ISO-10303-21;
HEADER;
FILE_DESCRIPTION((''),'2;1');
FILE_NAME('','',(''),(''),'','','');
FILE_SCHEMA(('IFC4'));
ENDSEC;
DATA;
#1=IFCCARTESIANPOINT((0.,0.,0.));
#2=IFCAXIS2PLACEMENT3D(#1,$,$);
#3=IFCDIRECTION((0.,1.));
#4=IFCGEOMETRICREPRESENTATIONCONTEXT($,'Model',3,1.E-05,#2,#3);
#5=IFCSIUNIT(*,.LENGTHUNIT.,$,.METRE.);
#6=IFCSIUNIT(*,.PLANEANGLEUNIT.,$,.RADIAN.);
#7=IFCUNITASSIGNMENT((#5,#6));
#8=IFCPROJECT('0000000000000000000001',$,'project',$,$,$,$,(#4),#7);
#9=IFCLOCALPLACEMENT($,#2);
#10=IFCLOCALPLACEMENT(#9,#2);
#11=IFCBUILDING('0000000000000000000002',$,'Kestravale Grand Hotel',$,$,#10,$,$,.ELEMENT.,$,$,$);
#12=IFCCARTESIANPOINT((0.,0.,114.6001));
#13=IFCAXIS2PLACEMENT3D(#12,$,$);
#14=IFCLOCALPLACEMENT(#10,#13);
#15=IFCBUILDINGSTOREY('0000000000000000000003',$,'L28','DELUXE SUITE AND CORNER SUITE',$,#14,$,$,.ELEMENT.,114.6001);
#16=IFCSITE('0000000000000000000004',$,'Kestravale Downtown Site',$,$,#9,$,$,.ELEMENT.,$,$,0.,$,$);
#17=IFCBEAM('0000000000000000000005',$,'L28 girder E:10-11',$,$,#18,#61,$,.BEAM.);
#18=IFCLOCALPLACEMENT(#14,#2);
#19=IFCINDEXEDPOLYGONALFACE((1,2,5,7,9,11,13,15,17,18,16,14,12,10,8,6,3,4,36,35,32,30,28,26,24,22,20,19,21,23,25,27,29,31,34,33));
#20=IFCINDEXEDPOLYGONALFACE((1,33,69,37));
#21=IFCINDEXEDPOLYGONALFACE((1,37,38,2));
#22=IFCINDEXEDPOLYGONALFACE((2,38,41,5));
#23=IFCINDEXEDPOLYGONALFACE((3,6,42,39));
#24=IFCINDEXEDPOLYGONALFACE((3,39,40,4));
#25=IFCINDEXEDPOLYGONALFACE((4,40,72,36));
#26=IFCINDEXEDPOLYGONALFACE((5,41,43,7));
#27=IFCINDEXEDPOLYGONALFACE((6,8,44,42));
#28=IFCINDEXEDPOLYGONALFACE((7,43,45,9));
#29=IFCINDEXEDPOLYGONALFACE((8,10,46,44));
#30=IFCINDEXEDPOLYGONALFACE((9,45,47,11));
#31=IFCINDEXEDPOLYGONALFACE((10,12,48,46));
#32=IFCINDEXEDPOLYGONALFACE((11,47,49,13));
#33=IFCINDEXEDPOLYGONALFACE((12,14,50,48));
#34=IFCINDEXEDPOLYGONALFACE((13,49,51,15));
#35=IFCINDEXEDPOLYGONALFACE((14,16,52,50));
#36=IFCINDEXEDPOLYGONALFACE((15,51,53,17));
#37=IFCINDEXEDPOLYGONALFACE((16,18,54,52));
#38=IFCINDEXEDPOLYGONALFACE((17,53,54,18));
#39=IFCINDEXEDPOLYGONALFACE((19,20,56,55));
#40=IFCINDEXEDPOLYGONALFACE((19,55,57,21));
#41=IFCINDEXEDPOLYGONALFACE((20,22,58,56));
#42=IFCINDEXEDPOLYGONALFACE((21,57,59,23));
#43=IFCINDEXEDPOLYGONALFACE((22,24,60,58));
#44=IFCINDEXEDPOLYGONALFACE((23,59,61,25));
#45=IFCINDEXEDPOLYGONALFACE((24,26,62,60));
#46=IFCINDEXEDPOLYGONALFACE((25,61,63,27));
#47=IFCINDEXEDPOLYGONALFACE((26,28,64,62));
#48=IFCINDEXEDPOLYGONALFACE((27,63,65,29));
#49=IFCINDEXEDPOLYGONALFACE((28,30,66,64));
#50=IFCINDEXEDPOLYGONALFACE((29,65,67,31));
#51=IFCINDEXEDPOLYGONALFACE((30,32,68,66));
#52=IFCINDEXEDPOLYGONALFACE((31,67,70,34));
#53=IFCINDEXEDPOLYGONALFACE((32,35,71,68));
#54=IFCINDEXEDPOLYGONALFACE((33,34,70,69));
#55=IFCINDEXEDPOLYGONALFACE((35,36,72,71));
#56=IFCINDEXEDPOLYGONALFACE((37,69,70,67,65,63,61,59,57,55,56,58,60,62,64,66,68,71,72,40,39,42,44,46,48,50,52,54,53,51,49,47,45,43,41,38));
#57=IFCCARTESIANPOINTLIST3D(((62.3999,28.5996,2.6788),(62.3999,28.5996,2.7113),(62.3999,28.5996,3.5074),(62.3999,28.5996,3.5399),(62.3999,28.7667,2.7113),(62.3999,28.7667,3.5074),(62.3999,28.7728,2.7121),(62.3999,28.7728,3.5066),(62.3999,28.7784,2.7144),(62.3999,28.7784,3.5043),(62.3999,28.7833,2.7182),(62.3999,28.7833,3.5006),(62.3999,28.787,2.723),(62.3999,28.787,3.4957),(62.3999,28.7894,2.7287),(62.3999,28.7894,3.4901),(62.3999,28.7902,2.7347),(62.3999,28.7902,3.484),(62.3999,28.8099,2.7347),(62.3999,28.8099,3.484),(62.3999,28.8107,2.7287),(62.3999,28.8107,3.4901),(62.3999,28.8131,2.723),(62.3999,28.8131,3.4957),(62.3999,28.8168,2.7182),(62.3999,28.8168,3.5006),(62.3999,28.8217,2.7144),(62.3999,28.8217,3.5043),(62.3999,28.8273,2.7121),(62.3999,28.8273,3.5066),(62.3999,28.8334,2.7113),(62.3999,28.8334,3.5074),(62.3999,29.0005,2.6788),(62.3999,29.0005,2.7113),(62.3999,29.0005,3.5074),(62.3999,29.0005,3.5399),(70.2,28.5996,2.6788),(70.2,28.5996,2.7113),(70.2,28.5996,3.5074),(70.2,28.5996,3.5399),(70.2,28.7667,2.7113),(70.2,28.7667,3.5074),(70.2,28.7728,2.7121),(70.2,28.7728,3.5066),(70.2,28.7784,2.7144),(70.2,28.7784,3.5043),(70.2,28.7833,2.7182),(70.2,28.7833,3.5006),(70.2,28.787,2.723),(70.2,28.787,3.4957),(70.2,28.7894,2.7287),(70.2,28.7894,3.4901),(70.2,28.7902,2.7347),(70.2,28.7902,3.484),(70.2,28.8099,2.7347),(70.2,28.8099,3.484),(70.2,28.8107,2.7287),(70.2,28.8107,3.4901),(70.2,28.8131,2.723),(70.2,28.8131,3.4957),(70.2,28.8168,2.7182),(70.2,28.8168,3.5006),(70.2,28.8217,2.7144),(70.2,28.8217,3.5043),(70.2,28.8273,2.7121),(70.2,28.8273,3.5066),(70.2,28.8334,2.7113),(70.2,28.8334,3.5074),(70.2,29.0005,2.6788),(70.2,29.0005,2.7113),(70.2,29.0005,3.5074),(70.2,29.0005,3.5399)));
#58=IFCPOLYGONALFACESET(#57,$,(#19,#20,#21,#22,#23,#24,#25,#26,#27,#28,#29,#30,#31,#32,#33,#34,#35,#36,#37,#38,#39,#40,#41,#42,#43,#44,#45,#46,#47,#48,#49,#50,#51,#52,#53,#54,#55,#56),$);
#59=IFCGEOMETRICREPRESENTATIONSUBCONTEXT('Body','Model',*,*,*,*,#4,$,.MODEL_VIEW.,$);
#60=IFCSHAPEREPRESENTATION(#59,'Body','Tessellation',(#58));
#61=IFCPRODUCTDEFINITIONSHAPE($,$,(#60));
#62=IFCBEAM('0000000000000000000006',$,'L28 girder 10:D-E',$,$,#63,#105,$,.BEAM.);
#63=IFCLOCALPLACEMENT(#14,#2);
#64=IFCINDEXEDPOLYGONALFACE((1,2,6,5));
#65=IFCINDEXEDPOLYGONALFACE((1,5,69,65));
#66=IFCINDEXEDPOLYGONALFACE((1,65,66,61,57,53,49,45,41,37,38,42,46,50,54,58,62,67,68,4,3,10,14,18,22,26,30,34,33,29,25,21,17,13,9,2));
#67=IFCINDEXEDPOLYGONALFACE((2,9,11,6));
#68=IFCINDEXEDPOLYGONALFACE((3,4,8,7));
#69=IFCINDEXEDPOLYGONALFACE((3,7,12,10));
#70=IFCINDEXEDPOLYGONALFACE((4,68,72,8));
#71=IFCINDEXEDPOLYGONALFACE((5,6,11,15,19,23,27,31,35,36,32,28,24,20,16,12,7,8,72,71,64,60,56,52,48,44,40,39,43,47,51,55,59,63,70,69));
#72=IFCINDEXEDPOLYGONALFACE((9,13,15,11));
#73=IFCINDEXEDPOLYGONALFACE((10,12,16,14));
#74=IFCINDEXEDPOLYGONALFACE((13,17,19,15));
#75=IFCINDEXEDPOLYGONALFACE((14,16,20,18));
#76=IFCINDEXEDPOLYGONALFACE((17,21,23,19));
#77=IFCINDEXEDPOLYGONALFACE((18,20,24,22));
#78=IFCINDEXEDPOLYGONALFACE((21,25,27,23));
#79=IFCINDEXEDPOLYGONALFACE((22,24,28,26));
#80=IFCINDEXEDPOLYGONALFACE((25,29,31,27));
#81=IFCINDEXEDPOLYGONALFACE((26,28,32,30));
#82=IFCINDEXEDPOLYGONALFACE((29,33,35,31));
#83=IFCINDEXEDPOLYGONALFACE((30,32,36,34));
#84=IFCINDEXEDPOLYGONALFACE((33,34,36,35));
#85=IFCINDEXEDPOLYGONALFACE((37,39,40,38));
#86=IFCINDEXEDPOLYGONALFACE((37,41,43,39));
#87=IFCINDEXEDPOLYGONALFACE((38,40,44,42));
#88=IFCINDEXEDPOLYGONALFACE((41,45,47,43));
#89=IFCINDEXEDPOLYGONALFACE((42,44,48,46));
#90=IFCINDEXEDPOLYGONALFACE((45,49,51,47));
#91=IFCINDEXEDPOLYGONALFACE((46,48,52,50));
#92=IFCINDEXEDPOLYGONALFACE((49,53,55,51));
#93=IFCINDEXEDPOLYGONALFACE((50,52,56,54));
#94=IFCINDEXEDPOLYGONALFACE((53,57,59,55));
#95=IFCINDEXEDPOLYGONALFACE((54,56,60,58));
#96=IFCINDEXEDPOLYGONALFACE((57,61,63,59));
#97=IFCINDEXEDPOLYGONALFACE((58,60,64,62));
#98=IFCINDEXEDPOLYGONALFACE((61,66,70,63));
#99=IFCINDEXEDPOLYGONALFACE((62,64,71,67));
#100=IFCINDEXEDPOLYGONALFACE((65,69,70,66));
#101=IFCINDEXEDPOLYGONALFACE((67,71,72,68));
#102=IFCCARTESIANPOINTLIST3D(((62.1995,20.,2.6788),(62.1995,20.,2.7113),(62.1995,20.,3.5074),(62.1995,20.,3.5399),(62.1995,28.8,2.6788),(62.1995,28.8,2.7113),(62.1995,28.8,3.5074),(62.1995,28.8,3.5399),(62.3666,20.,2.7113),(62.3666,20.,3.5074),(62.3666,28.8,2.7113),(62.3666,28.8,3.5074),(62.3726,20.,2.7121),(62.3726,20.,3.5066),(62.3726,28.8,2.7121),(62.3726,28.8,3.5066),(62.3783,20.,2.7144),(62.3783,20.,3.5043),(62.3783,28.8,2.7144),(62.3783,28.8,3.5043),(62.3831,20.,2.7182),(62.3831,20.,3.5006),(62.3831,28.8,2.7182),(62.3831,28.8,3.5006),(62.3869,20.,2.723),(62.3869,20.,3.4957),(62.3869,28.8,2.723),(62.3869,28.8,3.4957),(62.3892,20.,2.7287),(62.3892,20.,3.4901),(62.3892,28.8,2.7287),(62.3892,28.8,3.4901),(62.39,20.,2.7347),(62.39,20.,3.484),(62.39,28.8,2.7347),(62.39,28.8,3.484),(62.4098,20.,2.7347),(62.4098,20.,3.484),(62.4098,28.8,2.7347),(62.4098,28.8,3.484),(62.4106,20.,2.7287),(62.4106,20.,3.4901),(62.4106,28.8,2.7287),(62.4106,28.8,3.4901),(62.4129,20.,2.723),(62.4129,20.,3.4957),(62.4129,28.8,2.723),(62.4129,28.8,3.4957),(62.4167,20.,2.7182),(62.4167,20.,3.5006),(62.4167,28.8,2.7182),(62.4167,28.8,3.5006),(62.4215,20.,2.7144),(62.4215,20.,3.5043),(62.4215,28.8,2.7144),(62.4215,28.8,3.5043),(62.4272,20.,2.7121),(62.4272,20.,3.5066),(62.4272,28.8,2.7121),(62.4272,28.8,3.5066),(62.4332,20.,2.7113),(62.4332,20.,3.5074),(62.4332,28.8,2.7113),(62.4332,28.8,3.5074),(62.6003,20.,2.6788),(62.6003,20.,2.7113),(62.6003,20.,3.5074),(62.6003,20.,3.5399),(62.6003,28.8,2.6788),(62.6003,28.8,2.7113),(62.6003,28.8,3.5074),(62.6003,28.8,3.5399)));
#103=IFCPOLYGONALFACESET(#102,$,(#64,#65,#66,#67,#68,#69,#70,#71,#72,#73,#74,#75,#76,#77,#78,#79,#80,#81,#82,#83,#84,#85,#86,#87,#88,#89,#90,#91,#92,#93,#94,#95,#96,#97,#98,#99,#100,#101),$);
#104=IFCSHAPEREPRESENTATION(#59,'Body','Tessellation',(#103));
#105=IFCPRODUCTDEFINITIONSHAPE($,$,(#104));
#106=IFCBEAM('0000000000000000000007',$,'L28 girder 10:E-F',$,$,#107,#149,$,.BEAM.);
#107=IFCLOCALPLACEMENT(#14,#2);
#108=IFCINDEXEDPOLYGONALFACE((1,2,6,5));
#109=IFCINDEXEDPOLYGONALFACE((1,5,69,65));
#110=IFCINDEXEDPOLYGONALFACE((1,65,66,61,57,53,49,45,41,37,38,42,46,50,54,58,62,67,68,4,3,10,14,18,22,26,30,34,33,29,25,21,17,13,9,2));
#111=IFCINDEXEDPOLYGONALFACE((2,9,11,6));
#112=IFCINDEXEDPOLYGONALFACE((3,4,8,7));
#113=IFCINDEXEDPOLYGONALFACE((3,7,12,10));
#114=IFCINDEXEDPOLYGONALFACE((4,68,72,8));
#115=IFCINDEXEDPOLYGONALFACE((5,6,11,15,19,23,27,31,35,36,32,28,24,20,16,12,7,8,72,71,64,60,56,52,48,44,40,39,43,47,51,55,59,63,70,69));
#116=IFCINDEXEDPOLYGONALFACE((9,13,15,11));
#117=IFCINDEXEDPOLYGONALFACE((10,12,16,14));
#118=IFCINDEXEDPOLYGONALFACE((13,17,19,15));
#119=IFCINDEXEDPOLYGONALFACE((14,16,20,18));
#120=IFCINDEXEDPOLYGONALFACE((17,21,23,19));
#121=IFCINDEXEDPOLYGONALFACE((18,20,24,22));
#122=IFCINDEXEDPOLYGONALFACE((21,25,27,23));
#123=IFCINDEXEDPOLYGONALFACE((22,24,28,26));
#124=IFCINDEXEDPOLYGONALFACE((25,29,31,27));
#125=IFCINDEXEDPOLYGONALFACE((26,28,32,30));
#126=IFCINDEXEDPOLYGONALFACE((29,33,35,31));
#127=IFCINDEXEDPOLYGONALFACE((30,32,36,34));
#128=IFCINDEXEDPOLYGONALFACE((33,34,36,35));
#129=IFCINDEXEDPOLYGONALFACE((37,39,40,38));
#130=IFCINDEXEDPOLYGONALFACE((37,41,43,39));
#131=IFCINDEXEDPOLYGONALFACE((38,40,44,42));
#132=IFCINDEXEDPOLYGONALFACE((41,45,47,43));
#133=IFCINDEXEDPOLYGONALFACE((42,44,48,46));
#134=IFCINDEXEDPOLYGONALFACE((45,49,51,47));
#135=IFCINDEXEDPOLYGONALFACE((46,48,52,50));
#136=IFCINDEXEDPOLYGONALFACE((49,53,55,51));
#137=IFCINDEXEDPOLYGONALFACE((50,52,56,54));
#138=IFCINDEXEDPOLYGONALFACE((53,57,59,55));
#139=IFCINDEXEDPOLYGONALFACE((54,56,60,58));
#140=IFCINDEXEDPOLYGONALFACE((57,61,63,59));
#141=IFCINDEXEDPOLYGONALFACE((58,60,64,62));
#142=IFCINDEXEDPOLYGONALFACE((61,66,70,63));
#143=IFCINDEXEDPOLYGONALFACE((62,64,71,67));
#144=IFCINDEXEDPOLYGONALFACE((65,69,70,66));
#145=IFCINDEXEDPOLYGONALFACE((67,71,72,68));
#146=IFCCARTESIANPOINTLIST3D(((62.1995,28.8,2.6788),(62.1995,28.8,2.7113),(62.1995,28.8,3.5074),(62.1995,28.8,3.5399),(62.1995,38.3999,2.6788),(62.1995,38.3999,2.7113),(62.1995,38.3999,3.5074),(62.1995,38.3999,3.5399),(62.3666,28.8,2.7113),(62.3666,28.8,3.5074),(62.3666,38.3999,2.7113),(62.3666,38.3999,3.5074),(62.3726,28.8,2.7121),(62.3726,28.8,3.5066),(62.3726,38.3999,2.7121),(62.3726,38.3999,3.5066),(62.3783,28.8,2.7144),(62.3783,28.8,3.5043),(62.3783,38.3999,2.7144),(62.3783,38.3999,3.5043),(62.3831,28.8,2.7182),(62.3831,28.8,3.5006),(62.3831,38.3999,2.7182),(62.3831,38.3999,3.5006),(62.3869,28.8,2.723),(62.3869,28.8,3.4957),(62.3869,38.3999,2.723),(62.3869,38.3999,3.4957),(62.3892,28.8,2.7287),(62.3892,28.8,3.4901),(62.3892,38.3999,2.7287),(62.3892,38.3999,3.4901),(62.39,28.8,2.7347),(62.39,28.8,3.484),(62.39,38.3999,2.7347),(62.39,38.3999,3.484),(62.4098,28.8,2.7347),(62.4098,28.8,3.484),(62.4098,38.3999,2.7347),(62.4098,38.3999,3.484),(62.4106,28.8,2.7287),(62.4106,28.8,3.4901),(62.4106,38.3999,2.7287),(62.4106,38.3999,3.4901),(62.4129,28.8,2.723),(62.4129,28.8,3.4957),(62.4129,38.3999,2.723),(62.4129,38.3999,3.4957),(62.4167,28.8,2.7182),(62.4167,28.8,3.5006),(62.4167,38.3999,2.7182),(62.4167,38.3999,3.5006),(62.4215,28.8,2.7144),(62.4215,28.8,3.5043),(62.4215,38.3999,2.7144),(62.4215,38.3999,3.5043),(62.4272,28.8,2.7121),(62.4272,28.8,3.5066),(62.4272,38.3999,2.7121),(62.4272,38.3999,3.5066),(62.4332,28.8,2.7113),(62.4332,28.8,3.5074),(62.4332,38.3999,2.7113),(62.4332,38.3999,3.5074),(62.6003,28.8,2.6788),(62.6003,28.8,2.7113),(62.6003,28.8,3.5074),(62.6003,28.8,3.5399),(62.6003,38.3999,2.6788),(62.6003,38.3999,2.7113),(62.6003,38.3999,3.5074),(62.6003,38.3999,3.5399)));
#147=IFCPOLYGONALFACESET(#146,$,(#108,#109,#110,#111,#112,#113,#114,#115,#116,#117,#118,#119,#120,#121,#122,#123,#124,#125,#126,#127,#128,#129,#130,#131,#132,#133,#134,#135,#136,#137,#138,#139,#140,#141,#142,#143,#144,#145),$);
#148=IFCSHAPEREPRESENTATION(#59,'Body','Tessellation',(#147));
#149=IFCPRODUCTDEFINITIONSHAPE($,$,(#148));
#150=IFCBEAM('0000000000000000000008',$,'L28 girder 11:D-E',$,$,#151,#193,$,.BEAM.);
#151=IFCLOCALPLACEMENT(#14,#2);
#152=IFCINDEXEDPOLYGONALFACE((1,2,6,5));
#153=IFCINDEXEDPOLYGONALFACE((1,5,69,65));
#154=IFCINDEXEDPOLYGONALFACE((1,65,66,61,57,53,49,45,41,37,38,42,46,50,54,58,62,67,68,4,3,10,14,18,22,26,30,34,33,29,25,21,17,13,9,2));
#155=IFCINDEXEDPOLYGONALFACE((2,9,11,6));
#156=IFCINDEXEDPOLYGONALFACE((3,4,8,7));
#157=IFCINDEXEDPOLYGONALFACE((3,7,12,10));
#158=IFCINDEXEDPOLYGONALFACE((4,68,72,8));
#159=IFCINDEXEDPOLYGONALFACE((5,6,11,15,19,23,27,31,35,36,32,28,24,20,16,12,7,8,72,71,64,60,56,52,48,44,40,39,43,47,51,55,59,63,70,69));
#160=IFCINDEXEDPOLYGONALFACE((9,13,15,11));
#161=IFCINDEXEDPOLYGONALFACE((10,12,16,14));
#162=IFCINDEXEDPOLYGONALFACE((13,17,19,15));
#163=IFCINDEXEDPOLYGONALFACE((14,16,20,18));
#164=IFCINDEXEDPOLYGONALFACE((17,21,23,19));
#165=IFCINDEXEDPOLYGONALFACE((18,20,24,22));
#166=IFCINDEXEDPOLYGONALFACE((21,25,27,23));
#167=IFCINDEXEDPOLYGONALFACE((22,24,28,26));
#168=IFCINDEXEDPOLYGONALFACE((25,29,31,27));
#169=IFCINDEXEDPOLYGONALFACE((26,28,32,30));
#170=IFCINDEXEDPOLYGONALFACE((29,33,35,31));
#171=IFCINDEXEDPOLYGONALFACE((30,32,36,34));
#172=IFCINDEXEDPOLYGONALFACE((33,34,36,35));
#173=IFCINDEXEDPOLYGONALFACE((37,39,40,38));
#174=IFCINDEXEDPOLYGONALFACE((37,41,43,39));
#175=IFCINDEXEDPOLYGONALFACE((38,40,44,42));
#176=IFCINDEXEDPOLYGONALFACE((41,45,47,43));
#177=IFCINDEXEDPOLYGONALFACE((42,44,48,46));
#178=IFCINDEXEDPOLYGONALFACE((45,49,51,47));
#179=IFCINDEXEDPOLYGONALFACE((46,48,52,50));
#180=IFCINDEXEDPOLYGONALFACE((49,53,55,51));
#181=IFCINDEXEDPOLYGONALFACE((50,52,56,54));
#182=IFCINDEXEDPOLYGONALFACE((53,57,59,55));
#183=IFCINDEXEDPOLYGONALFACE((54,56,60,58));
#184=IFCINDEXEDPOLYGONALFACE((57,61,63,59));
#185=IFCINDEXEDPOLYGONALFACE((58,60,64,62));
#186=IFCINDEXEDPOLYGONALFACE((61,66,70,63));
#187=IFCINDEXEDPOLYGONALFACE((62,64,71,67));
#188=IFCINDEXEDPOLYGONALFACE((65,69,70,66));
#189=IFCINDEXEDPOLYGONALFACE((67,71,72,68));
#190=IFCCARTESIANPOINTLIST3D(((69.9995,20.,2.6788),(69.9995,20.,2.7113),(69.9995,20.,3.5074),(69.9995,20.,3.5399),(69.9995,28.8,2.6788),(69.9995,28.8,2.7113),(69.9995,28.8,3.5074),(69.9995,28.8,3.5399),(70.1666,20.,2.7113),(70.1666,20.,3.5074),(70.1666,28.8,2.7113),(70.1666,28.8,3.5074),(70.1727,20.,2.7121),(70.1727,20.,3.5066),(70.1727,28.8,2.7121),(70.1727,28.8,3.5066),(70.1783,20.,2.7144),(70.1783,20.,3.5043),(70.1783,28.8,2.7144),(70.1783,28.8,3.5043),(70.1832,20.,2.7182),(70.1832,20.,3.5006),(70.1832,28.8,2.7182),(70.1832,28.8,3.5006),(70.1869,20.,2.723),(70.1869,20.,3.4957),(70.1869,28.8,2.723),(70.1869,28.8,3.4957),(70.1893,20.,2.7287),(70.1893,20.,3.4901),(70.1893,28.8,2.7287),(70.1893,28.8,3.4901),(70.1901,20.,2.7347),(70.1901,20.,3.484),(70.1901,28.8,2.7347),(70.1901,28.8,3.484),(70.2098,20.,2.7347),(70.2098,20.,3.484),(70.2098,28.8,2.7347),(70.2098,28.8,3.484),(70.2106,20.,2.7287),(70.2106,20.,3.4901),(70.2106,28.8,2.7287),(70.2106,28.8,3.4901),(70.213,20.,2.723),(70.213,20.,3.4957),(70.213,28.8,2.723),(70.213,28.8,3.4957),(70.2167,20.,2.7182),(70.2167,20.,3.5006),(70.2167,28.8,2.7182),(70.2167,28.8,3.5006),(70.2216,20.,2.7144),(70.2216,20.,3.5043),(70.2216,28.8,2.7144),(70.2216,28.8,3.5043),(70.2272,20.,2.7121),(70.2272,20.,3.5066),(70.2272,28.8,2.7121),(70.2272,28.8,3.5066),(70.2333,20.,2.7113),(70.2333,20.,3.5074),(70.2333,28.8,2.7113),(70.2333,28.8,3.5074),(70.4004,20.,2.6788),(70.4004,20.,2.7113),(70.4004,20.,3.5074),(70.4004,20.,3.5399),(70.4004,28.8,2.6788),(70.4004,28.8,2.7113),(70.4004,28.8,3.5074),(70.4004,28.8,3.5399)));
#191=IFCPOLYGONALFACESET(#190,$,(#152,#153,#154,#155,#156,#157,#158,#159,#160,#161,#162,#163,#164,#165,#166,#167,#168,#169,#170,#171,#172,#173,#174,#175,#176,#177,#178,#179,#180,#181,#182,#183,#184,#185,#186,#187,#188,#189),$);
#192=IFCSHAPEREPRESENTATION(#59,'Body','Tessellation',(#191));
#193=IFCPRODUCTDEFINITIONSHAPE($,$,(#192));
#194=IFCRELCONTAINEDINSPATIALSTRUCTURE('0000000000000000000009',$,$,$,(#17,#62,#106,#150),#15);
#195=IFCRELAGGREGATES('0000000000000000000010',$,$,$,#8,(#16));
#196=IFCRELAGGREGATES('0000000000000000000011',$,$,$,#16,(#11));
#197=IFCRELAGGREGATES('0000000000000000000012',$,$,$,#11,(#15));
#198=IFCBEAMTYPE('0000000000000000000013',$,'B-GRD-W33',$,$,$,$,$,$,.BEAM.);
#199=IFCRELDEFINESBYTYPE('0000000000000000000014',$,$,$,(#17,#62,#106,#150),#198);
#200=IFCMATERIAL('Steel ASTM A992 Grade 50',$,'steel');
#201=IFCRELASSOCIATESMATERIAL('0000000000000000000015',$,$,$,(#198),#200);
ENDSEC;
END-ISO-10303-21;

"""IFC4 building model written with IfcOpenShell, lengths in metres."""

from ifc_helpers import new_model, si_unit, direction, frame, origin, origin_2d, place, context, subcontext, project, spatial, i_section, extrude, material, material_profile, profile_set, type_object, element, save


model = new_model("IFC4")

# Units and contexts
model_context = context("Model", 3, precision=1e-05, world=origin(), true_north=direction((0.0, 1.0)))
body_context = subcontext(model_context, "Body", "Model", "MODEL_VIEW")
ifc_project = project(units=[si_unit("LENGTHUNIT", "METRE"), si_unit("PLANEANGLEUNIT", "RADIAN")], contexts=[model_context])

# Site, building, storey
site_placement = place(None, origin())
site = spatial("IfcSite", under=ifc_project, at=site_placement, Name="Kestravale Downtown Site", CompositionType="ELEMENT", RefElevation=0.0)
building_placement = place(site_placement, origin())
building = spatial("IfcBuilding", under=site, at=building_placement, Name="Kestravale Grand Hotel", CompositionType="ELEMENT")
storey_placement = place(building_placement, frame((0.0, 0.0, 114.6001)))
storey = spatial("IfcBuildingStorey", under=building, at=storey_placement, Name="L28", Description="DELUXE SUITE AND CORNER SUITE", CompositionType="ELEMENT", Elevation=114.6001)

# Beams
ifc_material_1 = material(Name="Steel ASTM A992 Grade 50", Category="steel")
ifc_material_profile_1 = material_profile(ifc_material_1, i_section(OverallWidth=0.4009, OverallDepth=0.8611, WebThickness=0.0198, FlangeThickness=0.0325, FilletRadius=0.0234, at=origin_2d()))
ifc_profile_set_1 = profile_set([ifc_material_profile_1], Name="Steel ASTM A992 Grade 50")
beam_type_1 = type_object("IfcBeamType", Name="B-GRD-W33", PredefinedType="BEAM", material=ifc_profile_set_1)
for number, where, z_axis, x_axis, name in (
    (1, (62.3999, 28.8, 3.1094), (1.0, 0.0, 0.0), (0.0, 1.0, 0.0), "L28 girder E:10-11"),
):
    element("IfcBeam", number, at=place(storey_placement, frame(where, z_axis=z_axis, x_axis=x_axis)), inside=storey, type_object=beam_type_1, Name=name, PredefinedType="BEAM", context=body_context, shape_type="SweptSolid", body=[
        extrude(i_section(OverallWidth=0.4009, OverallDepth=0.8611, WebThickness=0.0198, FlangeThickness=0.0325, FilletRadius=0.0234, at=origin_2d()), origin(), (0.0, 0.0, 1.0), 7.8),
    ])
beam_1_placement = place(storey_placement, frame((62.3999, 20.0, 3.1094), z_axis=(0.0, 1.0, 0.0), x_axis=(-1.0, 0.0, 0.0)))
element("IfcBeam", 2, at=beam_1_placement, inside=storey, type_object=beam_type_1, Name="L28 girder 10:D-E", PredefinedType="BEAM", context=body_context, shape_type="SweptSolid", body=[
    extrude(i_section(OverallWidth=0.4009, OverallDepth=0.8611, WebThickness=0.0198, FlangeThickness=0.0325, FilletRadius=0.0234, at=origin_2d()), origin(), (0.0, 0.0, 1.0), 8.8),
])
beam_2_placement = place(storey_placement, frame((62.3999, 28.8, 3.1094), z_axis=(0.0, 1.0, 0.0), x_axis=(-1.0, 0.0, 0.0)))
element("IfcBeam", 3, at=beam_2_placement, inside=storey, type_object=beam_type_1, Name="L28 girder 10:E-F", PredefinedType="BEAM", context=body_context, shape_type="SweptSolid", body=[
    extrude(i_section(OverallWidth=0.4009, OverallDepth=0.8611, WebThickness=0.0198, FlangeThickness=0.0325, FilletRadius=0.0234, at=origin_2d()), origin(), (0.0, 0.0, 1.0), 9.5999),
])
beam_3_placement = place(storey_placement, frame((70.2, 20.0, 3.1094), z_axis=(0.0, 1.0, 0.0), x_axis=(-1.0, 0.0, 0.0)))
element("IfcBeam", 4, at=beam_3_placement, inside=storey, type_object=beam_type_1, Name="L28 girder 11:D-E", PredefinedType="BEAM", context=body_context, shape_type="SweptSolid", body=[
    extrude(i_section(OverallWidth=0.4009, OverallDepth=0.8611, WebThickness=0.0198, FlangeThickness=0.0325, FilletRadius=0.0234, at=origin_2d()), origin(), (0.0, 0.0, 1.0), 8.8),
])

save(model, "model.ifc")
